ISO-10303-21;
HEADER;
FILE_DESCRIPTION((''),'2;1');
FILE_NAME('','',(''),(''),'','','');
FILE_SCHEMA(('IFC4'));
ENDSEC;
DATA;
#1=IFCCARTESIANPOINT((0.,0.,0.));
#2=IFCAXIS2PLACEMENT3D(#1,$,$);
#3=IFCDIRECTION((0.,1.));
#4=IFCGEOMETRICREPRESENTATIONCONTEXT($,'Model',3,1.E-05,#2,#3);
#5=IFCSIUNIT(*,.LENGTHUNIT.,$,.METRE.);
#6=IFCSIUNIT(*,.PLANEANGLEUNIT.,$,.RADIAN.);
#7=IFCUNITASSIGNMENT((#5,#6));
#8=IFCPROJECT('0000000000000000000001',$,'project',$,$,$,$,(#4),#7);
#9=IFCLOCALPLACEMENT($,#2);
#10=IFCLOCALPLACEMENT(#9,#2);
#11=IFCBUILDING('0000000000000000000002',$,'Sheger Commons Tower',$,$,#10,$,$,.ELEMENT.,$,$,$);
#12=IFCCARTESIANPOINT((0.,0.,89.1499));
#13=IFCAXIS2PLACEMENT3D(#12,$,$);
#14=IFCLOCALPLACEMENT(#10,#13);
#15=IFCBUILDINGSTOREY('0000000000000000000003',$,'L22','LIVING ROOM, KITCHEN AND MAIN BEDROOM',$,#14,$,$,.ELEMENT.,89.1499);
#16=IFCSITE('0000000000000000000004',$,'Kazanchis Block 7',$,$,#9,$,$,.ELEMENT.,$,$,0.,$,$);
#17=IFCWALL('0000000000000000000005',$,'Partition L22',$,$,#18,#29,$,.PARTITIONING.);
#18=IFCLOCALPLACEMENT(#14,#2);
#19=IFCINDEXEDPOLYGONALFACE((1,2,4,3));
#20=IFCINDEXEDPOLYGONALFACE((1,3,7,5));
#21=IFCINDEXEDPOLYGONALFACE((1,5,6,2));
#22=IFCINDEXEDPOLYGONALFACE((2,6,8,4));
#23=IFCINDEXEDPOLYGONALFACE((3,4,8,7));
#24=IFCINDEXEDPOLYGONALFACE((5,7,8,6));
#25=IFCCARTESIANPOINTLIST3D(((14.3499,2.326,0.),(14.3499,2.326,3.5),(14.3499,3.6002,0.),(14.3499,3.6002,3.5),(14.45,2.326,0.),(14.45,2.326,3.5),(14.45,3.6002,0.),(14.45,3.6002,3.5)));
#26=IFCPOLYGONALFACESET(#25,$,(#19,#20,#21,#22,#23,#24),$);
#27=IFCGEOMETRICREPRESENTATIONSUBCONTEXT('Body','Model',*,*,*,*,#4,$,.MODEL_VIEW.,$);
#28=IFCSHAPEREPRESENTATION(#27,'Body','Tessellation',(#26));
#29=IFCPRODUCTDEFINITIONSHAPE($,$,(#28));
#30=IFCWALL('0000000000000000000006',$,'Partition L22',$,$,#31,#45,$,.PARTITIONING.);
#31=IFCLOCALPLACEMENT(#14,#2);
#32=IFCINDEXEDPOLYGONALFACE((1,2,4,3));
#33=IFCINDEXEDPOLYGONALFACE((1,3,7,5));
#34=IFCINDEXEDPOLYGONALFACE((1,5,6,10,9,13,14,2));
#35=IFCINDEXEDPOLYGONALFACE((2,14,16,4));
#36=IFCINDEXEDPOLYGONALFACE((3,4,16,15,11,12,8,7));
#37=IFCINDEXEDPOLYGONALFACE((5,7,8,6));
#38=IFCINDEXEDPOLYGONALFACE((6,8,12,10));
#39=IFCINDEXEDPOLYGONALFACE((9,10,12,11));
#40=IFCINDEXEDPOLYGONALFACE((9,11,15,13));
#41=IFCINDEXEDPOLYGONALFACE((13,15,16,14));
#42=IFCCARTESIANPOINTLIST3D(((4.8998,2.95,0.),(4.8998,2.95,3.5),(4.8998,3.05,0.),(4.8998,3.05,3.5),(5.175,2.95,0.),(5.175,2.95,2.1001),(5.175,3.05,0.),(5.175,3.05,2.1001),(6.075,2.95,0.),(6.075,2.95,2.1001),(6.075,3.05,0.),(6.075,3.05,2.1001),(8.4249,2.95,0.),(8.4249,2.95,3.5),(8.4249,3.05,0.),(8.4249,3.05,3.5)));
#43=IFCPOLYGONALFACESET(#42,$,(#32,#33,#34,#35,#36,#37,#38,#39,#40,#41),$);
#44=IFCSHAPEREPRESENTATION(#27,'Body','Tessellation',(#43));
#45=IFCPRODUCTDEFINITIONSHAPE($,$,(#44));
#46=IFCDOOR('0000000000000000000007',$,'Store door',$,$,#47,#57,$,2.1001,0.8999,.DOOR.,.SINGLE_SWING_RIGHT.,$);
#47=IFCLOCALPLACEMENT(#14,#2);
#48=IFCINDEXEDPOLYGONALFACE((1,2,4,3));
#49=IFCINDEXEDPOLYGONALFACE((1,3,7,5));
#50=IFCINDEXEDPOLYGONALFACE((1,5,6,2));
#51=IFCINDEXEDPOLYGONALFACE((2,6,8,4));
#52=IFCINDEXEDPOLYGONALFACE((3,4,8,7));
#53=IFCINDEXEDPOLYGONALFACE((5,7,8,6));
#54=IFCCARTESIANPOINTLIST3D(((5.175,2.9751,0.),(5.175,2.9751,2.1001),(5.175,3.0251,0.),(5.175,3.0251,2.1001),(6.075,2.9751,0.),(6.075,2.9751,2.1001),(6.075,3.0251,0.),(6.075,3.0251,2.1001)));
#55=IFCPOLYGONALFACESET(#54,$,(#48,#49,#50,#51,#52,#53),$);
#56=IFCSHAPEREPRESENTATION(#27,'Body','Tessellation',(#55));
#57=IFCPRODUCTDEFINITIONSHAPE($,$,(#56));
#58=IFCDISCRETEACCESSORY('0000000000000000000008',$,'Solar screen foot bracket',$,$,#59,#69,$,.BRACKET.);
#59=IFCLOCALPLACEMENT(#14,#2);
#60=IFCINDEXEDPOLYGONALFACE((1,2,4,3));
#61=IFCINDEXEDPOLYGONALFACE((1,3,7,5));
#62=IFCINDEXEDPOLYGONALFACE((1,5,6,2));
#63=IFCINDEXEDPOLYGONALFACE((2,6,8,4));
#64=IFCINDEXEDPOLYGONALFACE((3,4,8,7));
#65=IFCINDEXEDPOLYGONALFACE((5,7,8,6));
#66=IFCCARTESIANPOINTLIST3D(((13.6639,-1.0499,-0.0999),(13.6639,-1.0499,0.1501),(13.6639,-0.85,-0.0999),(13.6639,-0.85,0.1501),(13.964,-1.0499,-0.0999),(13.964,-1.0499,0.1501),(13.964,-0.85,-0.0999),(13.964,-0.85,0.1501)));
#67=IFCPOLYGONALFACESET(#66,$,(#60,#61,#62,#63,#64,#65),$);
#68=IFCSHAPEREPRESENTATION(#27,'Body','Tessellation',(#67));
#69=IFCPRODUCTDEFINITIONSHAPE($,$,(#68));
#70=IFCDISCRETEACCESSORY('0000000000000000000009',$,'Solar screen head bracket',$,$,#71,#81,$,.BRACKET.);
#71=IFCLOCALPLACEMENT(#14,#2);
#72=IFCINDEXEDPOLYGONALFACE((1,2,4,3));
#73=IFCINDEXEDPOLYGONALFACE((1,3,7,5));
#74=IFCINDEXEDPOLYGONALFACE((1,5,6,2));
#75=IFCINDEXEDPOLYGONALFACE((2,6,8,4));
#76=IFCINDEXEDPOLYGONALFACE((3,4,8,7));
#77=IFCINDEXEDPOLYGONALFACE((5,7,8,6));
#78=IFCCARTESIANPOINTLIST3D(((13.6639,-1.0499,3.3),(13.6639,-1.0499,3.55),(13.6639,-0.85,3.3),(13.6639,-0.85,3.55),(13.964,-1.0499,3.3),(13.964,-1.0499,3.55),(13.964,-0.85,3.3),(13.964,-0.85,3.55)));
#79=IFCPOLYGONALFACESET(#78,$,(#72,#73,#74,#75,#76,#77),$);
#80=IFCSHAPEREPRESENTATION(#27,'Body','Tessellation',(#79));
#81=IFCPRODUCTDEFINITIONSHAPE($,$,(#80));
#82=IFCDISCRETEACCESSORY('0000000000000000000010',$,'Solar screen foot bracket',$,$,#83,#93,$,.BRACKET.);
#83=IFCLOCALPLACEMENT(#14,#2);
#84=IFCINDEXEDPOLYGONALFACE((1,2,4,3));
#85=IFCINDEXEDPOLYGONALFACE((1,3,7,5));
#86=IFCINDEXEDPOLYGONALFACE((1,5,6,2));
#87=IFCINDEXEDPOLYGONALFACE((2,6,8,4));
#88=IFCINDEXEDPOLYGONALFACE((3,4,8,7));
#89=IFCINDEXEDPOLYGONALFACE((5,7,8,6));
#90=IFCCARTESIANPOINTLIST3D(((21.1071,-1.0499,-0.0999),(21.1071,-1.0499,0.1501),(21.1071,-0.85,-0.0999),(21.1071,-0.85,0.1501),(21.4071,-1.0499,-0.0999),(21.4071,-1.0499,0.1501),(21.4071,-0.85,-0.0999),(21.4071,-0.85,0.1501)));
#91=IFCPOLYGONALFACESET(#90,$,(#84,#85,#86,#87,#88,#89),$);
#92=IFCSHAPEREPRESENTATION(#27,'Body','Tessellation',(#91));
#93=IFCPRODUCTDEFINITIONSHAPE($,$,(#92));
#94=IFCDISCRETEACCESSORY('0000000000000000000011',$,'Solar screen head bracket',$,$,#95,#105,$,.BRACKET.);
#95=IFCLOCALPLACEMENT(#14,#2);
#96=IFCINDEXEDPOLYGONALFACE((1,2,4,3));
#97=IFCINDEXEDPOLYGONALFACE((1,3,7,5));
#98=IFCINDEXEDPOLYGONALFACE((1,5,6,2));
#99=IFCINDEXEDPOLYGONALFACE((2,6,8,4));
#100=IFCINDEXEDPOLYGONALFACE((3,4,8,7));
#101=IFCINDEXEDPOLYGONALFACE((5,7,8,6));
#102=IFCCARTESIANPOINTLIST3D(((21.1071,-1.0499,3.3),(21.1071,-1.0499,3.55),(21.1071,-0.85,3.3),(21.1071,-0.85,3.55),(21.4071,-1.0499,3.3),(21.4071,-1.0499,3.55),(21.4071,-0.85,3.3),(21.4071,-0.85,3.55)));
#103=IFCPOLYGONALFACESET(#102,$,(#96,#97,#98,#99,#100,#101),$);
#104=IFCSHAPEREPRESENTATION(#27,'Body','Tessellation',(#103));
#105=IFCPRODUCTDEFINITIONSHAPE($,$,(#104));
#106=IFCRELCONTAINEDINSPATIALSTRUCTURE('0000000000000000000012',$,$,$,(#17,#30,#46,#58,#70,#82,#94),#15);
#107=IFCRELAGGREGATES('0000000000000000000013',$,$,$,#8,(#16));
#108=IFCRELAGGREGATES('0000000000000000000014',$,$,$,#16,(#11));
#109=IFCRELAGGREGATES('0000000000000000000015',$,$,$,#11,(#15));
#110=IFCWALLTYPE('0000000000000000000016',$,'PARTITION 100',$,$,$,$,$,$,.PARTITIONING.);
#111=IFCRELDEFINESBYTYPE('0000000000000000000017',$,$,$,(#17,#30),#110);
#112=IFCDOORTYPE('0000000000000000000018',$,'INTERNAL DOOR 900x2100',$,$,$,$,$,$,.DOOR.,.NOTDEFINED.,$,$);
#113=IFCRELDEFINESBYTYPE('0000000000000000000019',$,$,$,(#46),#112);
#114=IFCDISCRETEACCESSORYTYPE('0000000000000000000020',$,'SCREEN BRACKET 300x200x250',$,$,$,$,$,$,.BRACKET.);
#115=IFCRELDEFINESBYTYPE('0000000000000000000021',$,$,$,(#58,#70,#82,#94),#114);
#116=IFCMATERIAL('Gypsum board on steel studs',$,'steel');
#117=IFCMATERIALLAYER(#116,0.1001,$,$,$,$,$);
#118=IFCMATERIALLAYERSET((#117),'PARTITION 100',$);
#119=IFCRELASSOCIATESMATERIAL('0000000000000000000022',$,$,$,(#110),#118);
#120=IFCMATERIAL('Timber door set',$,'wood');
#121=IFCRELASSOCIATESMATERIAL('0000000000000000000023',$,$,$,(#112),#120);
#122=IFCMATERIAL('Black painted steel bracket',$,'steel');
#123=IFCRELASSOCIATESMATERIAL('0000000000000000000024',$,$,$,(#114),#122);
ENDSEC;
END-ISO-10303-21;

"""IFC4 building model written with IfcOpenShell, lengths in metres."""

from ifc_helpers import new_model, si_unit, direction, frame, frame_2d, origin, origin_2d, place, context, subcontext, project, spatial, rectangle, extrude, material, layer, layer_set, type_object, element, fill, save


model = new_model("IFC4")

# Units and contexts
model_context = context("Model", 3, precision=1e-05, world=origin(), true_north=direction((0.0, 1.0)))
body_context = subcontext(model_context, "Body", "Model", "MODEL_VIEW")
ifc_project = project(units=[si_unit("LENGTHUNIT", "METRE"), si_unit("PLANEANGLEUNIT", "RADIAN")], contexts=[model_context])

# Site, building, storey
site_placement = place(None, origin())
site = spatial("IfcSite", under=ifc_project, at=site_placement, Name="Kazanchis Block 7", CompositionType="ELEMENT", RefElevation=0.0)
building_placement = place(site_placement, origin())
building = spatial("IfcBuilding", under=site, at=building_placement, Name="Sheger Commons Tower", CompositionType="ELEMENT")
storey_placement = place(building_placement, frame((0.0, 0.0, 89.1499)))
storey = spatial("IfcBuildingStorey", under=building, at=storey_placement, Name="L22", Description="LIVING ROOM, KITCHEN AND MAIN BEDROOM", CompositionType="ELEMENT", Elevation=89.1499)

# Wall
ifc_material_1 = material(Name="Gypsum board on steel studs", Category="steel")
ifc_layer_1 = layer(ifc_material_1, 0.1001)
ifc_layer_set_1 = layer_set([ifc_layer_1], Name="PARTITION 100")
wall_type_1 = type_object("IfcWallType", Name="PARTITION 100", PredefinedType="PARTITIONING", material=ifc_layer_set_1)
wall_1_placement = place(storey_placement, frame((14.3999, 2.3259, 0.0), z_axis=(0.0, 0.0, 1.0), x_axis=(0.0, 1.0, 0.0)))
element("IfcWall", 1, at=wall_1_placement, inside=storey, type_object=wall_type_1, Name="Partition L22", PredefinedType="PARTITIONING", context=body_context, shape_type="SweptSolid", body=[
    extrude(rectangle(XDim=1.2742, YDim=0.1001, at=frame_2d((0.6372, 0.0))), origin(), (0.0, 0.0, 1.0), 3.5),
])

# Wall, opening, door
wall_2_placement = place(storey_placement, frame((8.425, 3.0, 0.0), z_axis=(0.0, 0.0, 1.0), x_axis=(-1.0, 0.0, 0.0)))
wall_2 = element("IfcWall", 2, at=wall_2_placement, inside=storey, type_object=wall_type_1, Name="Partition L22", PredefinedType="PARTITIONING", context=body_context, shape_type="SweptSolid", body=[
    extrude(rectangle(XDim=3.5251, YDim=0.1001, at=frame_2d((1.7627, 0.0))), origin(), (0.0, 0.0, 1.0), 3.5),
])
opening_1_placement = place(wall_2_placement, frame((2.3501, 0.0, 0.0)))
opening_1 = element("IfcOpeningElement", 3, at=opening_1_placement, cuts=wall_2, PredefinedType="OPENING", context=body_context, shape_type="SweptSolid", body=[
    extrude(rectangle(XDim=0.8999, YDim=2.1001, at=frame_2d((0.45, 1.05))), frame((0.0, 0.0601, 0.0), z_axis=(0.0, -1.0, 0.0), x_axis=(1.0, 0.0, 0.0)), (0.0, 0.0, 1.0), 0.1201),
])
ifc_material_2 = material(Name="Timber door set", Category="wood")
door_type_1 = type_object("IfcDoorType", Name="INTERNAL DOOR 900x2100", OperationType="NOTDEFINED", PredefinedType="DOOR", material=ifc_material_2)
door_1_placement = place(opening_1_placement, origin())
door_1 = element("IfcDoor", 4, at=door_1_placement, inside=storey, type_object=door_type_1, Name="Store door", OperationType="SINGLE_SWING_RIGHT", OverallHeight=2.1001, OverallWidth=0.8999, PredefinedType="DOOR", context=body_context, shape_type="SweptSolid", body=[
    extrude(rectangle(XDim=0.8999, YDim=2.1001, at=frame_2d((0.45, 1.05))), frame((0.0, 0.0249, 0.0), z_axis=(0.0, -1.0, 0.0), x_axis=(1.0, 0.0, 0.0)), (0.0, 0.0, 1.0), 0.05),
])
fill(opening_1, door_1)

# Discrete accessories
ifc_material_3 = material(Name="Black painted steel bracket", Category="steel")
discrete_accessory_type = type_object("IfcDiscreteAccessoryType", Name="SCREEN BRACKET 300x200x250", PredefinedType="BRACKET", material=ifc_material_3)
for number, where, z_axis, x_axis, name in (
    (5, (13.814, -0.95, -0.0999), (0.0, 0.0, 1.0), (1.0, 0.0, 0.0), "Solar screen foot bracket"),
    (6, (13.814, -0.95, 3.3), (0.0, 0.0, 1.0), (1.0, 0.0, 0.0), "Solar screen head bracket"),
    (7, (21.2571, -0.95, -0.0999), (0.0, 0.0, 1.0), (1.0, 0.0, 0.0), "Solar screen foot bracket"),
    (8, (21.2571, -0.95, 3.3), (0.0, 0.0, 1.0), (1.0, 0.0, 0.0), "Solar screen head bracket"),
):
    element("IfcDiscreteAccessory", number, at=place(storey_placement, frame(where, z_axis=z_axis, x_axis=x_axis)), inside=storey, type_object=discrete_accessory_type, Name=name, PredefinedType="BRACKET", context=body_context, shape_type="SweptSolid", body=[
        extrude(rectangle(XDim=0.3, YDim=0.2, at=origin_2d()), origin(), (0.0, 0.0, 1.0), 0.25),
    ])

save(model, "model.ifc")
